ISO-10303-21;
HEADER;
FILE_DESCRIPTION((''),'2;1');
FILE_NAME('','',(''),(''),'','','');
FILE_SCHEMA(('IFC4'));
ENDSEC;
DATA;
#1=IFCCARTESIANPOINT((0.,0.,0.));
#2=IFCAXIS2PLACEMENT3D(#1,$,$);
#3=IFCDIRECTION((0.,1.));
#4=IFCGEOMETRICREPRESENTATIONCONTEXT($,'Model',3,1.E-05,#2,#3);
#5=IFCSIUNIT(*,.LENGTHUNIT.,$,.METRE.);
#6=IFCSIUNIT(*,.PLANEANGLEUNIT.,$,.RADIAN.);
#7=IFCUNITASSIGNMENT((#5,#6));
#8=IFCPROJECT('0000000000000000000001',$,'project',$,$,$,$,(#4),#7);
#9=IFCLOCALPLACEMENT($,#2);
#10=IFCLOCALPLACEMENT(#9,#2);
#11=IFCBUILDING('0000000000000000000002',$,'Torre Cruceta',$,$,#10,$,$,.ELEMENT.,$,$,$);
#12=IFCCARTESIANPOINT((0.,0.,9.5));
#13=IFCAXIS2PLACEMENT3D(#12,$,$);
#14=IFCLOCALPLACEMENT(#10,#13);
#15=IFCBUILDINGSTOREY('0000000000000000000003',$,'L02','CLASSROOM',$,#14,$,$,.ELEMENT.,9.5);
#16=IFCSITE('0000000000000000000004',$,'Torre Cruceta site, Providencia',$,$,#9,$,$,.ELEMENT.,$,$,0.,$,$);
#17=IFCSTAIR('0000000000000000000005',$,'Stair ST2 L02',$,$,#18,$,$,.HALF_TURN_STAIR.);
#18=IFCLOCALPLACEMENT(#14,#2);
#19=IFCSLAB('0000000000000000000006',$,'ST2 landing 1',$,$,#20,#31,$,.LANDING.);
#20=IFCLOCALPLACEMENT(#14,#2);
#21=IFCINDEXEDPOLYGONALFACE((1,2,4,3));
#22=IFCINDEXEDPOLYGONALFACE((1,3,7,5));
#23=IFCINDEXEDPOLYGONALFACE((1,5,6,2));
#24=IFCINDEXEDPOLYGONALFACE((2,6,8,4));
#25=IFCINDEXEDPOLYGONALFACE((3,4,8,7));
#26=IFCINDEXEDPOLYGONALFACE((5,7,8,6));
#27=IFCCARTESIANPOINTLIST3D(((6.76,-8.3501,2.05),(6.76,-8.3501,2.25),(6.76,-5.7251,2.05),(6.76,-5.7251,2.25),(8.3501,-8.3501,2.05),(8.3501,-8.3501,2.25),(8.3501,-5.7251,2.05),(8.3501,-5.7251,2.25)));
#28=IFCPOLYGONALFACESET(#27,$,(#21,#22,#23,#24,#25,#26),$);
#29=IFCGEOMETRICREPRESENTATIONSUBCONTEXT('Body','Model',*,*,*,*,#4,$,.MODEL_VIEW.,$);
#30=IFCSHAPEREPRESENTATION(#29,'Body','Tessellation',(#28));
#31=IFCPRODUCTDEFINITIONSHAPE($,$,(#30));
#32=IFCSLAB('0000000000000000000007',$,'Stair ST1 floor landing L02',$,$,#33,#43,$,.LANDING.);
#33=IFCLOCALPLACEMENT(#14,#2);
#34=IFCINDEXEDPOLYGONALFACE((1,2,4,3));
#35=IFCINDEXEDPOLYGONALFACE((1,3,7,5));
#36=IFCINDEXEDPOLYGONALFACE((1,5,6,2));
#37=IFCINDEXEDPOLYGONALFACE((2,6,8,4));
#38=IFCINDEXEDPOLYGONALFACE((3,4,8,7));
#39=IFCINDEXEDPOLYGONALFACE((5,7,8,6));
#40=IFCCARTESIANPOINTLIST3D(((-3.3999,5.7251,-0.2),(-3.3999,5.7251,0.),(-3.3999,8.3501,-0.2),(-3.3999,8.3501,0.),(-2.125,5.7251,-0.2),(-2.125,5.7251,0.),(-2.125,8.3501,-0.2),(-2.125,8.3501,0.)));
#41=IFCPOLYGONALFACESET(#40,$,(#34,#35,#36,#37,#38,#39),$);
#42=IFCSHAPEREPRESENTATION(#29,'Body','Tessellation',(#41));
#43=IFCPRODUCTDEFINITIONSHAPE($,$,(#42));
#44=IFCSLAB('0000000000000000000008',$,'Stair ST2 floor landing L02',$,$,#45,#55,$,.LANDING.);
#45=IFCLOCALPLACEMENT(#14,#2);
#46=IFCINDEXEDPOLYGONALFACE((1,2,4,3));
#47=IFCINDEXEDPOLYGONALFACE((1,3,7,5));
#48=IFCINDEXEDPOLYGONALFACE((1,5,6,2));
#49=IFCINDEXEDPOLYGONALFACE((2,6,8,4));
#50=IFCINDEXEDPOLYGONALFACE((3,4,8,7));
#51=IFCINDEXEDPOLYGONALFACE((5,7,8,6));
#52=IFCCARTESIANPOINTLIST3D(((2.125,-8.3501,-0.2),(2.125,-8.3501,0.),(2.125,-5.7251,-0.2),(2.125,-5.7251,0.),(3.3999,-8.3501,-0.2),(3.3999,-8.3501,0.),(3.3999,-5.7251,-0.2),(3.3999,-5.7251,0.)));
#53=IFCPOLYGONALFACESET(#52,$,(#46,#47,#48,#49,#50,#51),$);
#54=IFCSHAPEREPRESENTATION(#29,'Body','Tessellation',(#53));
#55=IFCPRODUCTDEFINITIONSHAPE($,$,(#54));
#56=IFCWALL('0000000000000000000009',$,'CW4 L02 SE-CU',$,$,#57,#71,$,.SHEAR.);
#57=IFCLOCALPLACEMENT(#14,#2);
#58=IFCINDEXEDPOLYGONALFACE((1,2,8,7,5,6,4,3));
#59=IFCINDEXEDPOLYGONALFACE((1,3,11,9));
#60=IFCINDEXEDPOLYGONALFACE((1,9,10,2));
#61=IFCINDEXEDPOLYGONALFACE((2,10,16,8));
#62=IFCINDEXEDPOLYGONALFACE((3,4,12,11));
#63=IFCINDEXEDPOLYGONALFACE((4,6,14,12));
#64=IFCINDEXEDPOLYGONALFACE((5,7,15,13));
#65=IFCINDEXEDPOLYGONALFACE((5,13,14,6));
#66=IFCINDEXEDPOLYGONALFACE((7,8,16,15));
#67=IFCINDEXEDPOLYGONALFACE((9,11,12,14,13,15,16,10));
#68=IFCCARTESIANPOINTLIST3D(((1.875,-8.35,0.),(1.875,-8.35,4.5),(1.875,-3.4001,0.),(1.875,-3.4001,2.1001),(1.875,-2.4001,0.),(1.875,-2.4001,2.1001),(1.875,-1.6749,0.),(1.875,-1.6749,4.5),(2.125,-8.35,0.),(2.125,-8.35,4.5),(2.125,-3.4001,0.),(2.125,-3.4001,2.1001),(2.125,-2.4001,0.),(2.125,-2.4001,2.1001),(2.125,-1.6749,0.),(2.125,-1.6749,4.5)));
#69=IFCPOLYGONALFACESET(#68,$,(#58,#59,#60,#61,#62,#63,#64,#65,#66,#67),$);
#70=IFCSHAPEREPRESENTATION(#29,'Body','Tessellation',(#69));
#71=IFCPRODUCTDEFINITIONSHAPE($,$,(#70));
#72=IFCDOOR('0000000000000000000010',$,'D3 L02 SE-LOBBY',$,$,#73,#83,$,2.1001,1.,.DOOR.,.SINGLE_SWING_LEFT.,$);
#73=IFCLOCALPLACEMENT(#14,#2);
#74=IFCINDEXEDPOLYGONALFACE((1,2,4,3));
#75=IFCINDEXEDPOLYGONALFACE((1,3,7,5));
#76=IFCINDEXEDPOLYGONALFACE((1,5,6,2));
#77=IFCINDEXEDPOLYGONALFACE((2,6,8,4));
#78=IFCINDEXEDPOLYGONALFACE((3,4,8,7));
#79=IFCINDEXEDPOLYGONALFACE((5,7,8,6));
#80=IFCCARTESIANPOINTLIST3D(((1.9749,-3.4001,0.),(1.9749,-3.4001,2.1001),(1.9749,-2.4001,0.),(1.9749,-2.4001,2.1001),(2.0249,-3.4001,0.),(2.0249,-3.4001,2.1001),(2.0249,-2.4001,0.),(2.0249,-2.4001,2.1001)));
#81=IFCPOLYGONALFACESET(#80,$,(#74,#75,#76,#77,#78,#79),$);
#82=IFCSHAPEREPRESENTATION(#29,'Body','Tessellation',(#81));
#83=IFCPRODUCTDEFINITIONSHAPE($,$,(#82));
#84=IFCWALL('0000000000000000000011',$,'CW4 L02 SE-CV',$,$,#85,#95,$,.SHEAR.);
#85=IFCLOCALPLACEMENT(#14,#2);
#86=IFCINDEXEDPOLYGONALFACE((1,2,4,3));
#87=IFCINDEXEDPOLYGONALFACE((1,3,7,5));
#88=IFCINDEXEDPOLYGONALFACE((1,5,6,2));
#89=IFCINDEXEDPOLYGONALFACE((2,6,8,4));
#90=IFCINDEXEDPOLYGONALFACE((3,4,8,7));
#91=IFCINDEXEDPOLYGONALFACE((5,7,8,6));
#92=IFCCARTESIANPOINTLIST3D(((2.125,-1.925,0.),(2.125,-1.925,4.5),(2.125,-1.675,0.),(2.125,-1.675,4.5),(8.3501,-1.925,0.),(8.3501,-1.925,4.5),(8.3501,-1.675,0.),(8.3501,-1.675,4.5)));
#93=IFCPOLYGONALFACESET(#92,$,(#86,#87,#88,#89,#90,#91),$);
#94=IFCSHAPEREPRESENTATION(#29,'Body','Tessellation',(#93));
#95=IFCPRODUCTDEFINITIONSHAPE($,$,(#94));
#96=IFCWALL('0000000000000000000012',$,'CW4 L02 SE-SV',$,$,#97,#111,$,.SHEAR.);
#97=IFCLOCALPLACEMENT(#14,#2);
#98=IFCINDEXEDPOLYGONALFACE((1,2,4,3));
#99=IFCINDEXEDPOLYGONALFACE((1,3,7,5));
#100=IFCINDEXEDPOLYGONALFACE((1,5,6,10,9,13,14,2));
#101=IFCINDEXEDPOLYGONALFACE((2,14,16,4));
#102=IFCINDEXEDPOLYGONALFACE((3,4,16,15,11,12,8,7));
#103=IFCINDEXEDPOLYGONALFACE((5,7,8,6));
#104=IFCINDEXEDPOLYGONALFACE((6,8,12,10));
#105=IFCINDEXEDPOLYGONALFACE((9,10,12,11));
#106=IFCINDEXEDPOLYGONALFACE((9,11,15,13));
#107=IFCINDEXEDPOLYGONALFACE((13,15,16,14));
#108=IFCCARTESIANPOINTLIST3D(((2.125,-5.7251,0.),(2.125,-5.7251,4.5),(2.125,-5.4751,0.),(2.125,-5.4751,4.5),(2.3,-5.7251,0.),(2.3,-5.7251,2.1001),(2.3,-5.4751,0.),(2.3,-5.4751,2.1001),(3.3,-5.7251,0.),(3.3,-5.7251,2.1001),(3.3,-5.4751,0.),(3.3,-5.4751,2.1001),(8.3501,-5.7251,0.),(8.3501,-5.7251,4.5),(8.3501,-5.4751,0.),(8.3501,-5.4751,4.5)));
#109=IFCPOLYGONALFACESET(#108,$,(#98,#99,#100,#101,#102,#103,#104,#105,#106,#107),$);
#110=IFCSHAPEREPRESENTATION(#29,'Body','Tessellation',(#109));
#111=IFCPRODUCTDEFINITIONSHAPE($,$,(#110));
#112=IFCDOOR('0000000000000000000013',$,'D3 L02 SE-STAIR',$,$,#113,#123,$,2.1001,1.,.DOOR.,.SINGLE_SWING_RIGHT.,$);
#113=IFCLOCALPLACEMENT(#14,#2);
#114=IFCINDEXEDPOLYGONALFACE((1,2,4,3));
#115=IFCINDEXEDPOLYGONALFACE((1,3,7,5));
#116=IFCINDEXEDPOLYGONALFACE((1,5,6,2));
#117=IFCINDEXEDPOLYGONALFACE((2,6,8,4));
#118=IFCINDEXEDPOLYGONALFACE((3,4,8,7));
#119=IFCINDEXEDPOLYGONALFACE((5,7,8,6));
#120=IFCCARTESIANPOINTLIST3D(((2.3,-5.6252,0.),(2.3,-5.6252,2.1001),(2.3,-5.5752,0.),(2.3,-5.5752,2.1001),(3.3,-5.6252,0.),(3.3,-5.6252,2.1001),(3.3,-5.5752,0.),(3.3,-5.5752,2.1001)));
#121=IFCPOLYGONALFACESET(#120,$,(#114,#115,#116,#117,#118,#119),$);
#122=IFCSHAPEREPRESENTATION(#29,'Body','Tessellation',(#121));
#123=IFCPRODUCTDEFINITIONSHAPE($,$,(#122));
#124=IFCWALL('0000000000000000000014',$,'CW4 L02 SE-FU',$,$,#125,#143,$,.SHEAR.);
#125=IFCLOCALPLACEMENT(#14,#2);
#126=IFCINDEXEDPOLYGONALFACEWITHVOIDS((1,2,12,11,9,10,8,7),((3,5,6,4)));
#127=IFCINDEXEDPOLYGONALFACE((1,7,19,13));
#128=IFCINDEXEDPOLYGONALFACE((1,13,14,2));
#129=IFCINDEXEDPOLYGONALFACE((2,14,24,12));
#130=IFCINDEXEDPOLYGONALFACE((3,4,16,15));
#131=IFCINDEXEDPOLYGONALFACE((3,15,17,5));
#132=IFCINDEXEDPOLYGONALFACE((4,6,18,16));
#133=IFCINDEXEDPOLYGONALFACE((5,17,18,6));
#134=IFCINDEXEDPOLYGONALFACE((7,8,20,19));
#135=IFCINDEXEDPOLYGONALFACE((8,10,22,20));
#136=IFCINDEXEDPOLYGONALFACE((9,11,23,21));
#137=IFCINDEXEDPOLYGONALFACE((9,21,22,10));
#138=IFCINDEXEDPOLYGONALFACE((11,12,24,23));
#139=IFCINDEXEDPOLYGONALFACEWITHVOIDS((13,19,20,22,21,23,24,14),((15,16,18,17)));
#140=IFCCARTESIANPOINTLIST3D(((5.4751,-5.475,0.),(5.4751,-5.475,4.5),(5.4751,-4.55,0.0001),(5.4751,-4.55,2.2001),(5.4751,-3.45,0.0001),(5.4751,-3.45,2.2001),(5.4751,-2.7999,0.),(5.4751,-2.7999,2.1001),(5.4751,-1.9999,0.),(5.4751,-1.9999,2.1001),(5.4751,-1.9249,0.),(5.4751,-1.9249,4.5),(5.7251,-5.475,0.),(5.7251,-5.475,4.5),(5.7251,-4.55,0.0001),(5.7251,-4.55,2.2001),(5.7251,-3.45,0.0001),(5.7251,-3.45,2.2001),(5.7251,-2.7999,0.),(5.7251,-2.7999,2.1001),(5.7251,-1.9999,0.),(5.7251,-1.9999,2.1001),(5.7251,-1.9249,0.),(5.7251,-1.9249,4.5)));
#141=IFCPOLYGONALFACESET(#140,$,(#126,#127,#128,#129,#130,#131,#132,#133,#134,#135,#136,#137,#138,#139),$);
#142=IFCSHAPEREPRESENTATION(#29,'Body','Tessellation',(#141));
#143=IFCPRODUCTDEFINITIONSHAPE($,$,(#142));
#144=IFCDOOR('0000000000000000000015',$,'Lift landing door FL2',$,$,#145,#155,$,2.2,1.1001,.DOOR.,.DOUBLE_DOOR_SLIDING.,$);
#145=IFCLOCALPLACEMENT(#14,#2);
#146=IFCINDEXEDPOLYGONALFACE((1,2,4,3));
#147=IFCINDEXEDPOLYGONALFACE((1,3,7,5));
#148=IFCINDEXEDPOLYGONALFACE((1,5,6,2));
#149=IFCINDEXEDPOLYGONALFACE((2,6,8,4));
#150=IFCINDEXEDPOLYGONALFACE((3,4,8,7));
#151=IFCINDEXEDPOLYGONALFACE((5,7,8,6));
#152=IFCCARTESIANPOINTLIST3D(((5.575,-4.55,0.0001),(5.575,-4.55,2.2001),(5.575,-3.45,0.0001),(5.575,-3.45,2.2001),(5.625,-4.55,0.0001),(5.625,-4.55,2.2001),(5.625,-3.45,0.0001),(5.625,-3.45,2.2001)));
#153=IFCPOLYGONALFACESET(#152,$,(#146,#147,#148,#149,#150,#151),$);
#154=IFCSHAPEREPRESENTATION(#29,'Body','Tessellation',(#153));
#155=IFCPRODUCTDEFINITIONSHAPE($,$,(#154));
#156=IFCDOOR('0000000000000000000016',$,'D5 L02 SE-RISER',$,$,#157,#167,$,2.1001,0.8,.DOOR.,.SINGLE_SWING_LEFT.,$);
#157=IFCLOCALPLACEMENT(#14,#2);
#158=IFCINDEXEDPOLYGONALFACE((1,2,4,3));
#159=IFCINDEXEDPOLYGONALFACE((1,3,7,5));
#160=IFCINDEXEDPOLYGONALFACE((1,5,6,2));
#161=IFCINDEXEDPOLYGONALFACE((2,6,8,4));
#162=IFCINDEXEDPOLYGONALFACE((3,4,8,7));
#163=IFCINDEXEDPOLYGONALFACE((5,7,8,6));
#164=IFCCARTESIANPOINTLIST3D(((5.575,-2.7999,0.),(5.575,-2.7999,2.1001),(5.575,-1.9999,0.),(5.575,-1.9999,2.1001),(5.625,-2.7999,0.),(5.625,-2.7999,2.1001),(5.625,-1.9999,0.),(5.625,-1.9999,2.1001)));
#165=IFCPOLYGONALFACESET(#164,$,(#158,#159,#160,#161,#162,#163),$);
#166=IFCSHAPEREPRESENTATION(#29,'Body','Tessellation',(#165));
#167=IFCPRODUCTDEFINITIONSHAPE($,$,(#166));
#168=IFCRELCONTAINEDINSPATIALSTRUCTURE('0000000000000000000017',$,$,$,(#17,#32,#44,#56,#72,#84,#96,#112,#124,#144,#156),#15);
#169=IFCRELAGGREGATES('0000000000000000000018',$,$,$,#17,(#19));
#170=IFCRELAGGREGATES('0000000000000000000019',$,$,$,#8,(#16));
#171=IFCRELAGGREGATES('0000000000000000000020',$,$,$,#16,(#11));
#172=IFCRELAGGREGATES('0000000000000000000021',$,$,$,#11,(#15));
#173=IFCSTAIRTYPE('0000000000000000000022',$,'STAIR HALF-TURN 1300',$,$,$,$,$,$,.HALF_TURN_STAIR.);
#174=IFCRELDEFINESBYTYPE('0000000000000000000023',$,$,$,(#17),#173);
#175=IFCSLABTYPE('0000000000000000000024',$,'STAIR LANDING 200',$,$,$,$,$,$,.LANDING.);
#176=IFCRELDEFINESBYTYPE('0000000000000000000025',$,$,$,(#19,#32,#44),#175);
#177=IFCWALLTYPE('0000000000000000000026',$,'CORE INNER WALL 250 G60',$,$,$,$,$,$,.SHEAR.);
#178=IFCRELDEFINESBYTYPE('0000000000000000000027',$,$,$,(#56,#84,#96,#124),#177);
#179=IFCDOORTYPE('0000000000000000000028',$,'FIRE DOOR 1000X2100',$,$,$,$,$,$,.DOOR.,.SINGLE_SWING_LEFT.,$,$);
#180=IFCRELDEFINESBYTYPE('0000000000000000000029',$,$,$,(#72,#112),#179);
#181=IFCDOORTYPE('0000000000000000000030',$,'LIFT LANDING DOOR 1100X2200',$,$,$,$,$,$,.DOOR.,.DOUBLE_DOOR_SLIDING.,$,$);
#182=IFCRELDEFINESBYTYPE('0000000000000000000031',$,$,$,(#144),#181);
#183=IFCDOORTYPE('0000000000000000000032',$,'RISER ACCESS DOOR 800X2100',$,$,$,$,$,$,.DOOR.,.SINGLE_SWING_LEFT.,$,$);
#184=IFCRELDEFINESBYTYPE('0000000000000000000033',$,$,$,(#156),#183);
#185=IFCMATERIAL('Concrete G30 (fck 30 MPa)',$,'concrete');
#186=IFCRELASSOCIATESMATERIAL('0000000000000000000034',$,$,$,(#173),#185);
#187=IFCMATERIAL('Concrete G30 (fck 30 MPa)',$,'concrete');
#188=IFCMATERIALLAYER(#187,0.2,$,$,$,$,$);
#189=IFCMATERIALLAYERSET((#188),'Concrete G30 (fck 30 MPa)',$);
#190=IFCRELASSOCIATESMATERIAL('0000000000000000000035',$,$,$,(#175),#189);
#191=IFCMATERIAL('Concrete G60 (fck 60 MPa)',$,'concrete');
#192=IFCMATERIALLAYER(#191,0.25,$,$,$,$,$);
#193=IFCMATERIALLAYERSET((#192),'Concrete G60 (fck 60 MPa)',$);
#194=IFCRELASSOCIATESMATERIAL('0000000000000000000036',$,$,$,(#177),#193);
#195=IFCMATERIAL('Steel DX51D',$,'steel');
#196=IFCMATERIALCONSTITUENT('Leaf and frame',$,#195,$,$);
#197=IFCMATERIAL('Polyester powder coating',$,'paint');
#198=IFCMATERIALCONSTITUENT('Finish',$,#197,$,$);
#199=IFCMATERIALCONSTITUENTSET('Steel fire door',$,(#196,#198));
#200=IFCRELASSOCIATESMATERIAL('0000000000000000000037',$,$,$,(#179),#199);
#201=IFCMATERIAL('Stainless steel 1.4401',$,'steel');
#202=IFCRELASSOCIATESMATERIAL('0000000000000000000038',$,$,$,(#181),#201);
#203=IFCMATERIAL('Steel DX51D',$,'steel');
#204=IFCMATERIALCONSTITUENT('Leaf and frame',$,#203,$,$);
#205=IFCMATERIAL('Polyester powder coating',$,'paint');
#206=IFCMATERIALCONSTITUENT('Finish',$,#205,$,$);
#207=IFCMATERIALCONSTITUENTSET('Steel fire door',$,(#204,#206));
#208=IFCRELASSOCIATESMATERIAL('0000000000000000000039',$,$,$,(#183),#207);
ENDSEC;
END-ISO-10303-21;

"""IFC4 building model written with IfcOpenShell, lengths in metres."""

from ifc_helpers import new_model, si_unit, direction, frame, frame_2d, origin, place, context, subcontext, project, spatial, polyline, rectangle, outline, extrude, material, layer, layer_set, constituent, constituent_set, type_object, element, fill, aggregate, save


model = new_model("IFC4")

# Units and contexts
model_context = context("Model", 3, precision=1e-05, world=origin(), true_north=direction((0.0, 1.0)))
body_context = subcontext(model_context, "Body", "Model", "MODEL_VIEW")
ifc_project = project(units=[si_unit("LENGTHUNIT", "METRE"), si_unit("PLANEANGLEUNIT", "RADIAN")], contexts=[model_context])

# Site, building, storey
site_placement = place(None, origin())
site = spatial("IfcSite", under=ifc_project, at=site_placement, Name="Torre Cruceta site, Providencia", CompositionType="ELEMENT", RefElevation=0.0)
building_placement = place(site_placement, origin())
building = spatial("IfcBuilding", under=site, at=building_placement, Name="Torre Cruceta", CompositionType="ELEMENT")
storey_placement = place(building_placement, frame((0.0, 0.0, 9.5)))
storey = spatial("IfcBuildingStorey", under=building, at=storey_placement, Name="L02", Description="CLASSROOM", CompositionType="ELEMENT", Elevation=9.5)

# Stair, slab
ifc_material_1 = material(Name="Concrete G30 (fck 30 MPa)", Category="concrete")
stair_type = type_object("IfcStairType", Name="STAIR HALF-TURN 1300", PredefinedType="HALF_TURN_STAIR", material=ifc_material_1)
ifc_material_2 = material(Name="Concrete G30 (fck 30 MPa)", Category="concrete")
ifc_layer_1 = layer(ifc_material_2, 0.2)
ifc_layer_set_1 = layer_set([ifc_layer_1], Name="Concrete G30 (fck 30 MPa)")
slab_type_1 = type_object("IfcSlabType", Name="STAIR LANDING 200", PredefinedType="LANDING", material=ifc_layer_set_1)
stair_1_placement = place(storey_placement, origin())
stair_1 = element("IfcStair", 1, at=stair_1_placement, inside=storey, type_object=stair_type, Name="Stair ST2 L02", PredefinedType="HALF_TURN_STAIR")
slab_1_placement = place(storey_placement, frame((0.0, 0.0, 2.05)))
slab_1 = element("IfcSlab", 2, at=slab_1_placement, type_object=slab_type_1, Name="ST2 landing 1", PredefinedType="LANDING", context=body_context, shape_type="SweptSolid", body=[
    extrude(outline(polyline([(6.76, -8.3501), (8.3501, -8.3501), (8.3501, -5.7251), (6.76, -5.7251), (6.76, -8.3501)])), origin(), (0.0, 0.0, 1.0), 0.2),
])

# Slabs
slab_2_placement = place(storey_placement, frame((0.0, 0.0, -0.2)))
element("IfcSlab", 3, at=slab_2_placement, inside=storey, type_object=slab_type_1, Name="Stair ST1 floor landing L02", PredefinedType="LANDING", context=body_context, shape_type="SweptSolid", body=[
    extrude(outline(polyline([(-2.125, 8.3501), (-2.125, 5.7251), (-3.3999, 5.7251), (-3.3999, 8.3501), (-2.125, 8.3501)])), origin(), (0.0, 0.0, 1.0), 0.2),
])
slab_3_placement = place(storey_placement, frame((0.0, 0.0, -0.2)))
element("IfcSlab", 4, at=slab_3_placement, inside=storey, type_object=slab_type_1, Name="Stair ST2 floor landing L02", PredefinedType="LANDING", context=body_context, shape_type="SweptSolid", body=[
    extrude(outline(polyline([(2.125, -8.3501), (2.125, -5.7251), (3.3999, -5.7251), (3.3999, -8.3501), (2.125, -8.3501)])), origin(), (0.0, 0.0, 1.0), 0.2),
])

# Wall, opening, door
ifc_material_3 = material(Name="Concrete G60 (fck 60 MPa)", Category="concrete")
ifc_layer_2 = layer(ifc_material_3, 0.25)
ifc_layer_set_2 = layer_set([ifc_layer_2], Name="Concrete G60 (fck 60 MPa)")
wall_type_1 = type_object("IfcWallType", Name="CORE INNER WALL 250 G60", PredefinedType="SHEAR", material=ifc_layer_set_2)
wall_1_placement = place(storey_placement, frame((2.0, -1.675, 0.0), z_axis=(0.0, 0.0, 1.0), x_axis=(0.0, -1.0, 0.0)))
wall_1 = element("IfcWall", 5, at=wall_1_placement, inside=storey, type_object=wall_type_1, Name="CW4 L02 SE-CU", PredefinedType="SHEAR", context=body_context, shape_type="SweptSolid", body=[
    extrude(rectangle(XDim=6.675, YDim=0.25, at=frame_2d((3.3374, 0.0))), origin(), (0.0, 0.0, 1.0), 4.5),
])
opening_1_placement = place(wall_1_placement, frame((0.7251, 0.0, 0.0)))
opening_1 = element("IfcOpeningElement", 6, at=opening_1_placement, cuts=wall_1, PredefinedType="OPENING", context=body_context, shape_type="SweptSolid", body=[
    extrude(rectangle(XDim=1.0, YDim=2.1001, at=frame_2d((0.5, 1.05))), frame((0.0, 0.135, 0.0), z_axis=(0.0, -1.0, 0.0), x_axis=(1.0, 0.0, 0.0)), (0.0, 0.0, 1.0), 0.27),
])
ifc_material_4 = material(Name="Steel DX51D", Category="steel")
ifc_constituent_1 = constituent(ifc_material_4, Name="Leaf and frame")
ifc_material_5 = material(Name="Polyester powder coating", Category="paint")
ifc_constituent_2 = constituent(ifc_material_5, Name="Finish")
ifc_constituent_set_1 = constituent_set(constituents=[ifc_constituent_1, ifc_constituent_2], Name="Steel fire door")
door_type_1 = type_object("IfcDoorType", Name="FIRE DOOR 1000X2100", OperationType="SINGLE_SWING_LEFT", PredefinedType="DOOR", material=ifc_constituent_set_1)
door_1_placement = place(opening_1_placement, origin())
door_1 = element("IfcDoor", 7, at=door_1_placement, inside=storey, type_object=door_type_1, Name="D3 L02 SE-LOBBY", OperationType="SINGLE_SWING_LEFT", OverallHeight=2.1001, OverallWidth=1.0, PredefinedType="DOOR", context=body_context, shape_type="SweptSolid", body=[
    extrude(rectangle(XDim=1.0, YDim=2.1001, at=frame_2d((0.5, 1.05))), frame((0.0, 0.0249, 0.0), z_axis=(0.0, -1.0, 0.0), x_axis=(1.0, 0.0, 0.0)), (0.0, 0.0, 1.0), 0.05),
])
fill(opening_1, door_1)

# Wall
wall_2_placement = place(storey_placement, frame((2.125, -1.8, 0.0), z_axis=(0.0, 0.0, 1.0), x_axis=(1.0, 0.0, 0.0)))
element("IfcWall", 8, at=wall_2_placement, inside=storey, type_object=wall_type_1, Name="CW4 L02 SE-CV", PredefinedType="SHEAR", context=body_context, shape_type="SweptSolid", body=[
    extrude(rectangle(XDim=6.2251, YDim=0.25, at=frame_2d((3.1125, 0.0))), origin(), (0.0, 0.0, 1.0), 4.5),
])

# Wall, opening, door
wall_3_placement = place(storey_placement, frame((2.125, -5.6001, 0.0), z_axis=(0.0, 0.0, 1.0), x_axis=(1.0, 0.0, 0.0)))
wall_3 = element("IfcWall", 9, at=wall_3_placement, inside=storey, type_object=wall_type_1, Name="CW4 L02 SE-SV", PredefinedType="SHEAR", context=body_context, shape_type="SweptSolid", body=[
    extrude(rectangle(XDim=6.2251, YDim=0.25, at=frame_2d((3.1125, 0.0))), origin(), (0.0, 0.0, 1.0), 4.5),
])
opening_2_placement = place(wall_3_placement, frame((0.175, 0.0, 0.0)))
opening_2 = element("IfcOpeningElement", 10, at=opening_2_placement, cuts=wall_3, PredefinedType="OPENING", context=body_context, shape_type="SweptSolid", body=[
    extrude(rectangle(XDim=1.0, YDim=2.1001, at=frame_2d((0.5, 1.05))), frame((0.0, 0.135, 0.0), z_axis=(0.0, -1.0, 0.0), x_axis=(1.0, 0.0, 0.0)), (0.0, 0.0, 1.0), 0.27),
])
door_2_placement = place(opening_2_placement, frame((1.0, 0.0, 0.0), z_axis=(0.0, 0.0, 1.0), x_axis=(-1.0, 0.0, 0.0)))
door_2 = element("IfcDoor", 11, at=door_2_placement, inside=storey, type_object=door_type_1, Name="D3 L02 SE-STAIR", OperationType="SINGLE_SWING_RIGHT", OverallHeight=2.1001, OverallWidth=1.0, PredefinedType="DOOR", context=body_context, shape_type="SweptSolid", body=[
    extrude(rectangle(XDim=1.0, YDim=2.1001, at=frame_2d((0.5, 1.05))), frame((0.0, 0.0251, 0.0), z_axis=(0.0, -1.0, 0.0), x_axis=(1.0, 0.0, 0.0)), (0.0, 0.0, 1.0), 0.05),
])
fill(opening_2, door_2)

# Wall, openings, doors
wall_4_placement = place(storey_placement, frame((5.6001, -1.925, 0.0), z_axis=(0.0, 0.0, 1.0), x_axis=(0.0, -1.0, 0.0)))
wall_4 = element("IfcWall", 12, at=wall_4_placement, inside=storey, type_object=wall_type_1, Name="CW4 L02 SE-FU", PredefinedType="SHEAR", context=body_context, shape_type="SweptSolid", body=[
    extrude(rectangle(XDim=3.55, YDim=0.25, at=frame_2d((1.7749, 0.0))), origin(), (0.0, 0.0, 1.0), 4.5),
])
opening_3_placement = place(wall_4_placement, frame((1.5249, 0.0, 0.0)))
opening_3 = element("IfcOpeningElement", 13, at=opening_3_placement, cuts=wall_4, PredefinedType="OPENING", context=body_context, shape_type="SweptSolid", body=[
    extrude(rectangle(XDim=1.1001, YDim=2.2, at=frame_2d((0.55, 1.1001))), frame((0.0, 0.135, 0.0), z_axis=(0.0, -1.0, 0.0), x_axis=(1.0, 0.0, 0.0)), (0.0, 0.0, 1.0), 0.27),
])
opening_4_placement = place(wall_4_placement, frame((0.075, 0.0, 0.0)))
opening_4 = element("IfcOpeningElement", 14, at=opening_4_placement, cuts=wall_4, PredefinedType="OPENING", context=body_context, shape_type="SweptSolid", body=[
    extrude(rectangle(XDim=0.8, YDim=2.1001, at=frame_2d((0.3999, 1.05))), frame((0.0, 0.135, 0.0), z_axis=(0.0, -1.0, 0.0), x_axis=(1.0, 0.0, 0.0)), (0.0, 0.0, 1.0), 0.27),
])
ifc_material_6 = material(Name="Stainless steel 1.4401", Category="steel")
door_type_2 = type_object("IfcDoorType", Name="LIFT LANDING DOOR 1100X2200", OperationType="DOUBLE_DOOR_SLIDING", PredefinedType="DOOR", material=ifc_material_6)
door_3_placement = place(opening_3_placement, origin())
door_3 = element("IfcDoor", 15, at=door_3_placement, inside=storey, type_object=door_type_2, Name="Lift landing door FL2", OperationType="DOUBLE_DOOR_SLIDING", OverallHeight=2.2, OverallWidth=1.1001, PredefinedType="DOOR", context=body_context, shape_type="SweptSolid", body=[
    extrude(rectangle(XDim=1.1001, YDim=2.2, at=frame_2d((0.55, 1.1001))), frame((0.0, 0.0249, 0.0), z_axis=(0.0, -1.0, 0.0), x_axis=(1.0, 0.0, 0.0)), (0.0, 0.0, 1.0), 0.05),
])
fill(opening_3, door_3)
ifc_material_7 = material(Name="Steel DX51D", Category="steel")
ifc_constituent_3 = constituent(ifc_material_7, Name="Leaf and frame")
ifc_material_8 = material(Name="Polyester powder coating", Category="paint")
ifc_constituent_4 = constituent(ifc_material_8, Name="Finish")
ifc_constituent_set_2 = constituent_set(constituents=[ifc_constituent_3, ifc_constituent_4], Name="Steel fire door")
door_type_3 = type_object("IfcDoorType", Name="RISER ACCESS DOOR 800X2100", OperationType="SINGLE_SWING_LEFT", PredefinedType="DOOR", material=ifc_constituent_set_2)
door_4_placement = place(opening_4_placement, origin())
door_4 = element("IfcDoor", 16, at=door_4_placement, inside=storey, type_object=door_type_3, Name="D5 L02 SE-RISER", OperationType="SINGLE_SWING_LEFT", OverallHeight=2.1001, OverallWidth=0.8, PredefinedType="DOOR", context=body_context, shape_type="SweptSolid", body=[
    extrude(rectangle(XDim=0.8, YDim=2.1001, at=frame_2d((0.3999, 1.05))), frame((0.0, 0.0249, 0.0), z_axis=(0.0, -1.0, 0.0), x_axis=(1.0, 0.0, 0.0)), (0.0, 0.0, 1.0), 0.05),
])
fill(opening_4, door_4)

aggregate(stair_1, [slab_1])

save(model, "model.ifc")
